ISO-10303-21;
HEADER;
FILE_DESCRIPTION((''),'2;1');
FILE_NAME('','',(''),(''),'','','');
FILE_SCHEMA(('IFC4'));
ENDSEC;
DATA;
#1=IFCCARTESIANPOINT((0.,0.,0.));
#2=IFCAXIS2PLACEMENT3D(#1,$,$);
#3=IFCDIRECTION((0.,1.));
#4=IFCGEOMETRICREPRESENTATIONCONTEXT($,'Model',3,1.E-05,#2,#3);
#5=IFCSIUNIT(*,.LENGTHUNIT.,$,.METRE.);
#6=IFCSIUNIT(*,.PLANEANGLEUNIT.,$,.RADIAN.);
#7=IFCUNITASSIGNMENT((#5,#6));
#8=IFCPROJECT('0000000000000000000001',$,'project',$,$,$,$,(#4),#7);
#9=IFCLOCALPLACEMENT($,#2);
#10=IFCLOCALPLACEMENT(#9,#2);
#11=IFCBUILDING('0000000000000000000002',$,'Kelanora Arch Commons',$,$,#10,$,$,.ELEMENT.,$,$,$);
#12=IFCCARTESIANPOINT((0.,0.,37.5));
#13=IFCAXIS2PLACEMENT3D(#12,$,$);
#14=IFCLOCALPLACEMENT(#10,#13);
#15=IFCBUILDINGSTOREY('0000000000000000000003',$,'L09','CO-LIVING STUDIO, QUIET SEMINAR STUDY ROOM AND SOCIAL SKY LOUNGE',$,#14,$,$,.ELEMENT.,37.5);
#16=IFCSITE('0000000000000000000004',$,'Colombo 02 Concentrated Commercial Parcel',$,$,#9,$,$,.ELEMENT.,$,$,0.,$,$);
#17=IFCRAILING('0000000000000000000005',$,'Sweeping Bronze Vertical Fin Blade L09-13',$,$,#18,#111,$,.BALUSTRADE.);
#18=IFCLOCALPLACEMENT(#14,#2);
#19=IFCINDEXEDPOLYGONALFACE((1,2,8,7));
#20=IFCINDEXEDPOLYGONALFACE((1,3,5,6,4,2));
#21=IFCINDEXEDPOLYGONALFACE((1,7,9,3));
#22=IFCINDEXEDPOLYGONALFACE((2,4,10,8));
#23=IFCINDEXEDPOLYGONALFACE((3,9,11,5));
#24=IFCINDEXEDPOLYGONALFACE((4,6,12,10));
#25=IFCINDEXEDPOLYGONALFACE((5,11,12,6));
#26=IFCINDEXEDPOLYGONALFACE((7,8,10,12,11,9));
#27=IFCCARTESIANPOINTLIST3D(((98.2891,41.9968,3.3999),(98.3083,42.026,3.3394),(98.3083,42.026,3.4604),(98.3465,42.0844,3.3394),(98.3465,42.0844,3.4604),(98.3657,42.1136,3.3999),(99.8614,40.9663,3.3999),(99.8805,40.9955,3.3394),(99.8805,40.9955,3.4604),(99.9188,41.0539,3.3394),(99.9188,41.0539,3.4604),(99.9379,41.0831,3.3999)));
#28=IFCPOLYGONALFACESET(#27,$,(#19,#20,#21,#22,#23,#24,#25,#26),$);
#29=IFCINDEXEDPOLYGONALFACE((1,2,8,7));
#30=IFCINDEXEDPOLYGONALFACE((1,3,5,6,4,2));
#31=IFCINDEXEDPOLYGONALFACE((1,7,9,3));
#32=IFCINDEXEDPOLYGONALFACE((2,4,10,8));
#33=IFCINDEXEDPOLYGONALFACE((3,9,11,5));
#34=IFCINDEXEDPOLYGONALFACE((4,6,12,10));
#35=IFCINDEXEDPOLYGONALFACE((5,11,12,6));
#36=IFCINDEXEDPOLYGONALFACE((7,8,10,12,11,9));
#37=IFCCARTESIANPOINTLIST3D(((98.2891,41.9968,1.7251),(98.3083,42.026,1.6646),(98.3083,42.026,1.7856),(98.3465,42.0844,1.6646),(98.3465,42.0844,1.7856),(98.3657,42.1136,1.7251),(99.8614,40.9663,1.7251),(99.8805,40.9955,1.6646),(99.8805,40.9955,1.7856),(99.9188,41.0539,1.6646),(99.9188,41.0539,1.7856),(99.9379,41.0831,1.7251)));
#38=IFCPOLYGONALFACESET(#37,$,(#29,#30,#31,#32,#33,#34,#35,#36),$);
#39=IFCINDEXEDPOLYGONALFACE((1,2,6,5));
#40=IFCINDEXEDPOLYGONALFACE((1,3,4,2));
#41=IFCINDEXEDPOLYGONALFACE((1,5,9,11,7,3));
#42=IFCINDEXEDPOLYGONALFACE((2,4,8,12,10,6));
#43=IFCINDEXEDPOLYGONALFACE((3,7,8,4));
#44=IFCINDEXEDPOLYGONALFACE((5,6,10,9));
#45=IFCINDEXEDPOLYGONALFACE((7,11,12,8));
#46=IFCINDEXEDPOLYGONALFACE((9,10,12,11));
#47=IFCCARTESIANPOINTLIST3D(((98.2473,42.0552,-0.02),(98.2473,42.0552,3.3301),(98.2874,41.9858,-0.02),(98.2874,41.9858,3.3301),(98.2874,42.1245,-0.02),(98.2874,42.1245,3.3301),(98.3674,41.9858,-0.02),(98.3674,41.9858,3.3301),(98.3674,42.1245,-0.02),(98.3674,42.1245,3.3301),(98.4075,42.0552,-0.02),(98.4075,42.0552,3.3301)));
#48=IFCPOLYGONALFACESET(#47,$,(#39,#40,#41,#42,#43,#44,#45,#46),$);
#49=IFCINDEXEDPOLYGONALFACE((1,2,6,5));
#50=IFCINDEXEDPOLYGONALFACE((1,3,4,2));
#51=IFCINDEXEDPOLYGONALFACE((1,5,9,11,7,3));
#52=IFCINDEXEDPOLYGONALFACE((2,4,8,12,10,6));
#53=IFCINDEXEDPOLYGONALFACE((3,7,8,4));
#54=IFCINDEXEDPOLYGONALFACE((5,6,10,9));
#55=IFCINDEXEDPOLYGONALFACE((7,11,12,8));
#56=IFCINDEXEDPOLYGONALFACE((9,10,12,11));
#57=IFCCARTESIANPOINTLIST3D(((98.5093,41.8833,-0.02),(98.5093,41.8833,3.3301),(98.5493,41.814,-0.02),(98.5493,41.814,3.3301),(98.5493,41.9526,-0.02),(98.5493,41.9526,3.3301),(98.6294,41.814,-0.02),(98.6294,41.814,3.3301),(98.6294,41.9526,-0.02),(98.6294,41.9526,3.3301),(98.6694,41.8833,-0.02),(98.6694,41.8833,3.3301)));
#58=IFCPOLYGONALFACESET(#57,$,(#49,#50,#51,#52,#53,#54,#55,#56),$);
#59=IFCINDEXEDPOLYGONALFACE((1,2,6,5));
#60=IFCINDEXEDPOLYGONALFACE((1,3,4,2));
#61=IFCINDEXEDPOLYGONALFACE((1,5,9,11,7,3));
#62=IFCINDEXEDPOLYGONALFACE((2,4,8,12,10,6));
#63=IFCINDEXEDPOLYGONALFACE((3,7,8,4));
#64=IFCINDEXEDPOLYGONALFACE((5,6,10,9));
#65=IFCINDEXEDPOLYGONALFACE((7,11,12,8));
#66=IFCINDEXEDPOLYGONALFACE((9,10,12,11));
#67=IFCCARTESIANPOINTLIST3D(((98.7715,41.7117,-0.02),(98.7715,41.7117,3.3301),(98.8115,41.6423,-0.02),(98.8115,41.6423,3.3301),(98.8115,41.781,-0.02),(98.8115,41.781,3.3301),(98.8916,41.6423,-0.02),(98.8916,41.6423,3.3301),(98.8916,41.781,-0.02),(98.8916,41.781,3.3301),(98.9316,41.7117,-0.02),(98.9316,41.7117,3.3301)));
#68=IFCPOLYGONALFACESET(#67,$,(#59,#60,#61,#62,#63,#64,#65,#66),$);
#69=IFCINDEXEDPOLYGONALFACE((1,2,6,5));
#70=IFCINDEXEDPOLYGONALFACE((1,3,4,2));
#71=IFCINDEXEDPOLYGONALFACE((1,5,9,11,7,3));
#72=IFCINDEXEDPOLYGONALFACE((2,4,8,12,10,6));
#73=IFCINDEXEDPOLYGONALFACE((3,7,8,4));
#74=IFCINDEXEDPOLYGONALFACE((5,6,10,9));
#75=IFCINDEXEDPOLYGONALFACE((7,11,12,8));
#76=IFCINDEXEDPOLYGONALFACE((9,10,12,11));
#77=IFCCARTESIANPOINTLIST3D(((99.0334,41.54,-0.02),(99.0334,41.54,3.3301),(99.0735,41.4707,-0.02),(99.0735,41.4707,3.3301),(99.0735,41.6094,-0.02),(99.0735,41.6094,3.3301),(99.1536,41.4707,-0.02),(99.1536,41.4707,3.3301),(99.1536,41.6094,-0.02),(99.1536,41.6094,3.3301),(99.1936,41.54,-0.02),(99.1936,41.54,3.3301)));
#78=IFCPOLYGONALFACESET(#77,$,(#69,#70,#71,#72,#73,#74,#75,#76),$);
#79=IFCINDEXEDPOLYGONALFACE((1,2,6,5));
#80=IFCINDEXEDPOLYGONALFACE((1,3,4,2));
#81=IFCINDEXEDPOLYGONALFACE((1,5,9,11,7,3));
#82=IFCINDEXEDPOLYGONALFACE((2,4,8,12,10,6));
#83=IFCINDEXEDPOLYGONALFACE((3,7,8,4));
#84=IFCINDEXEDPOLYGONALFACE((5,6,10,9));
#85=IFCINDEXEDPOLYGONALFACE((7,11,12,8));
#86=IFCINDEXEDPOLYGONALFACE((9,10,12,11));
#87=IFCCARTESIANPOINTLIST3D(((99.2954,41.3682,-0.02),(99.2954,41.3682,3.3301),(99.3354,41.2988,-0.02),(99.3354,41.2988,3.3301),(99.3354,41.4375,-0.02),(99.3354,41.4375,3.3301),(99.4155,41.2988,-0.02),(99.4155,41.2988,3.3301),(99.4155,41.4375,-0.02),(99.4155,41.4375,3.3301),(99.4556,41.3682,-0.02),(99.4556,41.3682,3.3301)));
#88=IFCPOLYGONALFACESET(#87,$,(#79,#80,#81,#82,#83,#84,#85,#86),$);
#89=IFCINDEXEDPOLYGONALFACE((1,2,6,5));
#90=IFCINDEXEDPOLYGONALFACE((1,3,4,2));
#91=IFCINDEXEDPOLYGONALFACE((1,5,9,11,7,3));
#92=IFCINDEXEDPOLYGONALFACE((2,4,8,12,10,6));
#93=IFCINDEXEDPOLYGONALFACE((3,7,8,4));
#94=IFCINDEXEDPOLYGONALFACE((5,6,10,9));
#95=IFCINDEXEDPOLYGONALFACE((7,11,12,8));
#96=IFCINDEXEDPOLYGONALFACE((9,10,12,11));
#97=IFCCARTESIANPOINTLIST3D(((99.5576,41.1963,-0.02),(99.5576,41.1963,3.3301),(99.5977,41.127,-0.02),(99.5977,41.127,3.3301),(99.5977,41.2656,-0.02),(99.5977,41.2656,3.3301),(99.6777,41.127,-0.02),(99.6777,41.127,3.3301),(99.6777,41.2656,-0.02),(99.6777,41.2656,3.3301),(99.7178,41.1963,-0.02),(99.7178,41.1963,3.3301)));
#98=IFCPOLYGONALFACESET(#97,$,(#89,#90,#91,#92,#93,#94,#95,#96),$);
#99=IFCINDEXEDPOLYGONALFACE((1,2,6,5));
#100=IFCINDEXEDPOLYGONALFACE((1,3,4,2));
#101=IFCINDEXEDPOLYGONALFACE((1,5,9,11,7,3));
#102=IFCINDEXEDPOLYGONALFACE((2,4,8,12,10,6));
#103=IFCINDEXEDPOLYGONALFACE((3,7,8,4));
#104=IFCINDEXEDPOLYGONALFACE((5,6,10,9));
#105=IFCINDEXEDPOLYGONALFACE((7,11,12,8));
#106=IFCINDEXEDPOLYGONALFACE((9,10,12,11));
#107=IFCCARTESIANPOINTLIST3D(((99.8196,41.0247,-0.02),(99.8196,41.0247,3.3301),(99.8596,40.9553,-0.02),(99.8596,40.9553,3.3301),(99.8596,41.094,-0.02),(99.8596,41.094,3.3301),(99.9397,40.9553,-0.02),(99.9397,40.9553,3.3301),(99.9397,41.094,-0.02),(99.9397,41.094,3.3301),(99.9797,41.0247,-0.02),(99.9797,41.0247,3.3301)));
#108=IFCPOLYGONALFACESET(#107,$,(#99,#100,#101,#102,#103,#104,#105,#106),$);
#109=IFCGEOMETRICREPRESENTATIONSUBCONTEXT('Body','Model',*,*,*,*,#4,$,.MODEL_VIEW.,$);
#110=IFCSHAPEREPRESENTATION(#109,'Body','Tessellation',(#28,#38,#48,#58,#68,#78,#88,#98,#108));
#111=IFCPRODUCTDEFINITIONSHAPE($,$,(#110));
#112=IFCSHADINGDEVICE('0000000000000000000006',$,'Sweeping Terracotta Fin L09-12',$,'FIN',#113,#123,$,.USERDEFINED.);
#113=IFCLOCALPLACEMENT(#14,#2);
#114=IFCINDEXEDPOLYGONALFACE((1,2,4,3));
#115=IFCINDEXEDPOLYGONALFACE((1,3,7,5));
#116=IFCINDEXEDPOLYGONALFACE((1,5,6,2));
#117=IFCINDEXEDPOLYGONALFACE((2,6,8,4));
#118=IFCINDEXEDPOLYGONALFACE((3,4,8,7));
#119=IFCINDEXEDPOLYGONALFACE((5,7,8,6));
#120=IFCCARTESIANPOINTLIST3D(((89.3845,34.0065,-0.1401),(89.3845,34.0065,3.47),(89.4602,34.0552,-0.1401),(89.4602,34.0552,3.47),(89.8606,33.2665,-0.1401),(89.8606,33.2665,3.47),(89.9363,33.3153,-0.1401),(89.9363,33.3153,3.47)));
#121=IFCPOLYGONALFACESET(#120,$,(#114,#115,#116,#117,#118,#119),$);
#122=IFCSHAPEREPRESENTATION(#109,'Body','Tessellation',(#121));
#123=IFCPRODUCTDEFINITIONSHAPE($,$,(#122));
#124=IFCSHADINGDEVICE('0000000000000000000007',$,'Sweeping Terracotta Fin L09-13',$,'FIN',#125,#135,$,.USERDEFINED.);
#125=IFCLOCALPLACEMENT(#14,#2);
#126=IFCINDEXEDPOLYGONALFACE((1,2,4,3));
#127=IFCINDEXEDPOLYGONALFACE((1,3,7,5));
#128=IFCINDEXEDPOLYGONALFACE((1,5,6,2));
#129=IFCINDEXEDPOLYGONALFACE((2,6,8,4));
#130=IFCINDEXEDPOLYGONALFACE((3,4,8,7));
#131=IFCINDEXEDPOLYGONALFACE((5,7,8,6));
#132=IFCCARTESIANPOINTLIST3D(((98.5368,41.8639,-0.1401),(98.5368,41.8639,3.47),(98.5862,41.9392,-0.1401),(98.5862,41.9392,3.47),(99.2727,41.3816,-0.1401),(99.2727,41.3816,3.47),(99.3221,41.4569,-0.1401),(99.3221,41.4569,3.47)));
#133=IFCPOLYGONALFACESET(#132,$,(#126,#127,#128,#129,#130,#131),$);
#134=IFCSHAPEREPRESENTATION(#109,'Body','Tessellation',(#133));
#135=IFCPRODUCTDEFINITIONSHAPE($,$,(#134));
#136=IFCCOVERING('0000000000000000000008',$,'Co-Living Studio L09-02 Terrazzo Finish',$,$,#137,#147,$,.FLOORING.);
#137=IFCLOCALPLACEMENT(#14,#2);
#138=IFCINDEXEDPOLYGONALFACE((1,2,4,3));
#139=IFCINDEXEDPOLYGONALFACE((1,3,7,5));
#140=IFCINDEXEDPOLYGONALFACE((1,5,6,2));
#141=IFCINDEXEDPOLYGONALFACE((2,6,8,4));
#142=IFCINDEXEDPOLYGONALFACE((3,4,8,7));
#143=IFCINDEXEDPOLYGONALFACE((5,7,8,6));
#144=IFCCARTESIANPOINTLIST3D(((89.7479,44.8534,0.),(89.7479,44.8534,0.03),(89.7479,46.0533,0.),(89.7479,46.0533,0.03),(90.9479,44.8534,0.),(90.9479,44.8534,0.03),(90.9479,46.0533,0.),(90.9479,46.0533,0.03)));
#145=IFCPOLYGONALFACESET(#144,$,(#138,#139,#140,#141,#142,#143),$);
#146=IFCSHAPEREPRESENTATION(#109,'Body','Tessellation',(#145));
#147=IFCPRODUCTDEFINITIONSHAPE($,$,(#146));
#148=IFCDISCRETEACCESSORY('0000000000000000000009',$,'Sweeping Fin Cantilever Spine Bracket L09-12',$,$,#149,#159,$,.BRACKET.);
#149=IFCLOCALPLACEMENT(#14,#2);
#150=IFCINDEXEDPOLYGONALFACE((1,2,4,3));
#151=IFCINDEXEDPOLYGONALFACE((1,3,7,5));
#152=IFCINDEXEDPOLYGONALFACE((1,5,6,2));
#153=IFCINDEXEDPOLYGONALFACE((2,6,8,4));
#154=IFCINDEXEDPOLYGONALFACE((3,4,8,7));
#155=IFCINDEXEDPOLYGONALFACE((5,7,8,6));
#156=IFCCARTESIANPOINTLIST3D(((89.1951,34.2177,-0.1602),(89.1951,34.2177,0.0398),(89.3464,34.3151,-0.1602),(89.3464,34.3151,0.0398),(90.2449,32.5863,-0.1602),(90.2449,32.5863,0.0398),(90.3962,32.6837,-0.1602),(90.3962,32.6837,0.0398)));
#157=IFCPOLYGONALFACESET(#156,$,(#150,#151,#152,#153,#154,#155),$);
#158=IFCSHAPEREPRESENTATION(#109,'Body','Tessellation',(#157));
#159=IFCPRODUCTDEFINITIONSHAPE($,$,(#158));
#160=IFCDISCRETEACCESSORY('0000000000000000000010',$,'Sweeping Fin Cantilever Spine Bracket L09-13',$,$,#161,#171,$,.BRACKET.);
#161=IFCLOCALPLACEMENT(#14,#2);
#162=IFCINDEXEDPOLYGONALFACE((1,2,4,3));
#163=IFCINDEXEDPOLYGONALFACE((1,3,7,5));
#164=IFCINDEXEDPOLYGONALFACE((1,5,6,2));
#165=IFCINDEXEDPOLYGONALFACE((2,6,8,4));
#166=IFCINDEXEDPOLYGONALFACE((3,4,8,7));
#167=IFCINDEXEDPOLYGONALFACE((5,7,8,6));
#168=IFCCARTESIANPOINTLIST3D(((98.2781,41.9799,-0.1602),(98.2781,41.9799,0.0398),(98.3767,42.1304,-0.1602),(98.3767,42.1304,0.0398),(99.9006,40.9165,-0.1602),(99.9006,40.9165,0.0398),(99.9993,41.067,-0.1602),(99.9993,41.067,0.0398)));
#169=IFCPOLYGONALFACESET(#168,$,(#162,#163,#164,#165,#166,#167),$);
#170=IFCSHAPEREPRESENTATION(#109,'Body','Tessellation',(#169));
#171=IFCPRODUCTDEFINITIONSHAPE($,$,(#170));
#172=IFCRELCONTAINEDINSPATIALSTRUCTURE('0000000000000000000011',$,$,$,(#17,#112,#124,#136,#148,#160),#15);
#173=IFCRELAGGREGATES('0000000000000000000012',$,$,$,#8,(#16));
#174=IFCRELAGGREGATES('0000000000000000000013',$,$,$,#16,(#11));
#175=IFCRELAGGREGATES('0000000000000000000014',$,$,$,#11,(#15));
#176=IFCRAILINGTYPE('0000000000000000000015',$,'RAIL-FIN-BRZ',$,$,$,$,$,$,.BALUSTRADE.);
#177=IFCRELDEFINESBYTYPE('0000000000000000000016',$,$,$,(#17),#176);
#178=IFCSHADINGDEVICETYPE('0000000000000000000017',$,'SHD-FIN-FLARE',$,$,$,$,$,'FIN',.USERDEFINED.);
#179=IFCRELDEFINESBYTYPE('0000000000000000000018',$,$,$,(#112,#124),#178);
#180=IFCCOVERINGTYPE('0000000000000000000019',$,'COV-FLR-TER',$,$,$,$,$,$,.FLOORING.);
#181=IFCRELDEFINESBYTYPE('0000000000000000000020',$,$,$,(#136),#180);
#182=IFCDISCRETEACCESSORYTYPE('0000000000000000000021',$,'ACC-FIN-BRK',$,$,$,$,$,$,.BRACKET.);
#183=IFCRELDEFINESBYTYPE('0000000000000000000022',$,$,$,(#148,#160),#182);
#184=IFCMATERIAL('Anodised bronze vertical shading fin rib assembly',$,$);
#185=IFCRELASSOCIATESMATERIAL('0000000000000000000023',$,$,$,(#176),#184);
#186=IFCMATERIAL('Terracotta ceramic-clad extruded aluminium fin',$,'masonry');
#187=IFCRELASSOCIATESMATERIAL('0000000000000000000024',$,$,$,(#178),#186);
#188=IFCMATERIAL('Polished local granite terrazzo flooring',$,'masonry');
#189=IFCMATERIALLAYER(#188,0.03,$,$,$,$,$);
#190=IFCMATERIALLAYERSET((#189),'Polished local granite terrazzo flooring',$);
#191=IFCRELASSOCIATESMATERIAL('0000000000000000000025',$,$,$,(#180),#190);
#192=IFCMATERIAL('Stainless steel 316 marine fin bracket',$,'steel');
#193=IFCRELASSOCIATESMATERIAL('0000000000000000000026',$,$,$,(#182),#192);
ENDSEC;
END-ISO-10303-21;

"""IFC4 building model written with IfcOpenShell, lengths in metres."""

from ifc_helpers import new_model, si_unit, direction, frame, origin, origin_2d, place, context, subcontext, project, spatial, polyline, rectangle, outline, extrude, source, transform, mapped, material, layer, layer_set, type_object, element, save


model = new_model("IFC4")

# Units and contexts
model_context = context("Model", 3, precision=1e-05, world=origin(), true_north=direction((0.0, 1.0)))
body_context = subcontext(model_context, "Body", "Model", "MODEL_VIEW")
ifc_project = project(units=[si_unit("LENGTHUNIT", "METRE"), si_unit("PLANEANGLEUNIT", "RADIAN")], contexts=[model_context])

# Site, building, storey
site_placement = place(None, origin())
site = spatial("IfcSite", under=ifc_project, at=site_placement, Name="Colombo 02 Concentrated Commercial Parcel", CompositionType="ELEMENT", RefElevation=0.0)
building_placement = place(site_placement, origin())
building = spatial("IfcBuilding", under=site, at=building_placement, Name="Kelanora Arch Commons", CompositionType="ELEMENT")
storey_placement = place(building_placement, frame((0.0, 0.0, 37.5)))
storey = spatial("IfcBuildingStorey", under=building, at=storey_placement, Name="L09", Description="CO-LIVING STUDIO, QUIET SEMINAR STUDY ROOM AND SOCIAL SKY LOUNGE", CompositionType="ELEMENT", Elevation=37.5)

# Railing
ifc_material_1 = material(Name="Anodised bronze vertical shading fin rib assembly")
railing_type = type_object("IfcRailingType", Name="RAIL-FIN-BRZ", PredefinedType="BALUSTRADE", material=ifc_material_1)
railing_1_placement = place(storey_placement, frame((98.3274, 42.0552, -0.02)))
element("IfcRailing", 1, at=railing_1_placement, inside=storey, type_object=railing_type, Name="Sweeping Bronze Vertical Fin Blade L09-13", PredefinedType="BALUSTRADE", context=body_context, shape_type="SweptSolid", body=[
    extrude(outline(polyline([(0.0698, 0.0), (0.0349, 0.0605), (-0.0349, 0.0605), (-0.0698, 0.0), (-0.0349, -0.0605), (0.0349, -0.0605), (0.0698, 0.0)])), frame((0.0, 0.0, 3.4199), z_axis=(0.836361, -0.54818, 0.0), x_axis=(0.54818, 0.836361, 0.0)), (0.0, 0.0, 1.0), 1.8799),
    extrude(outline(polyline([(0.0698, 0.0), (0.0349, 0.0605), (-0.0349, 0.0605), (-0.0698, 0.0), (-0.0349, -0.0605), (0.0349, -0.0605), (0.0698, 0.0)])), frame((0.0, 0.0, 1.7451), z_axis=(0.836361, -0.54818, 0.0), x_axis=(0.54818, 0.836361, 0.0)), (0.0, 0.0, 1.0), 1.8799),
    extrude(outline(polyline([(0.0801, 0.0), (0.04, 0.0693), (-0.04, 0.0693), (-0.0801, 0.0), (-0.04, -0.0693), (0.04, -0.0693), (0.0801, 0.0)])), origin(), (0.0, 0.0, 1.0), 3.3501),
    extrude(outline(polyline([(0.0801, 0.0), (0.04, 0.0693), (-0.04, 0.0693), (-0.0801, 0.0), (-0.04, -0.0693), (0.04, -0.0693), (0.0801, 0.0)])), frame((0.262, -0.1719, 0.0)), (0.0, 0.0, 1.0), 3.3501),
    extrude(outline(polyline([(0.0801, 0.0), (0.04, 0.0693), (-0.04, 0.0693), (-0.0801, 0.0), (-0.04, -0.0693), (0.04, -0.0693), (0.0801, 0.0)])), frame((0.5242, -0.3435, 0.0)), (0.0, 0.0, 1.0), 3.3501),
    extrude(outline(polyline([(0.0801, 0.0), (0.04, 0.0693), (-0.04, 0.0693), (-0.0801, 0.0), (-0.04, -0.0693), (0.04, -0.0693), (0.0801, 0.0)])), frame((0.7861, -0.5151, 0.0)), (0.0, 0.0, 1.0), 3.3501),
    extrude(outline(polyline([(0.0801, 0.0), (0.04, 0.0693), (-0.04, 0.0693), (-0.0801, 0.0), (-0.04, -0.0693), (0.04, -0.0693), (0.0801, 0.0)])), frame((1.0481, -0.687, 0.0)), (0.0, 0.0, 1.0), 3.3501),
    extrude(outline(polyline([(0.0801, 0.0), (0.04, 0.0693), (-0.04, 0.0693), (-0.0801, 0.0), (-0.04, -0.0693), (0.04, -0.0693), (0.0801, 0.0)])), frame((1.3103, -0.8589, 0.0)), (0.0, 0.0, 1.0), 3.3501),
    extrude(outline(polyline([(0.0801, 0.0), (0.04, 0.0693), (-0.04, 0.0693), (-0.0801, 0.0), (-0.04, -0.0693), (0.04, -0.0693), (0.0801, 0.0)])), frame((1.5723, -1.0305, 0.0)), (0.0, 0.0, 1.0), 3.3501),
])

# Shading devices
ifc_material_2 = material(Name="Terracotta ceramic-clad extruded aluminium fin", Category="masonry")
shading_device_type = type_object("IfcShadingDeviceType", Name="SHD-FIN-FLARE", ElementType="FIN", PredefinedType="USERDEFINED", material=ifc_material_2)
shared_shape_1 = source(origin(), body_context, "Body", "SweptSolid", [
    extrude(rectangle(XDim=0.8799, YDim=0.0901, at=origin_2d()), origin(), (0.0, 0.0, 1.0), 3.6101),
])
for number, where, z_axis, x_axis, name in (
    (2, (89.6604, 33.6609, -0.1401), (0.0, 0.0, 1.0), (0.541121, -0.840945, 0.0), "Sweeping Terracotta Fin L09-12"),
    (3, (98.9294, 41.6604, -0.1401), (0.0, 0.0, 1.0), (0.836382, -0.548147, 0.0), "Sweeping Terracotta Fin L09-13"),
):
    element("IfcShadingDevice", number, at=place(storey_placement, frame(where, z_axis=z_axis, x_axis=x_axis)), inside=storey, type_object=shading_device_type, Name=name, ObjectType="FIN", PredefinedType="USERDEFINED", context=body_context, shape_type="MappedRepresentation", body=[
        mapped(shared_shape_1, transform((0.0, 0.0, 0.0), scale=1.0)),
    ])

# Covering
ifc_material_3 = material(Name="Polished local granite terrazzo flooring", Category="masonry")
ifc_layer_1 = layer(ifc_material_3, 0.03)
ifc_layer_set_1 = layer_set([ifc_layer_1], Name="Polished local granite terrazzo flooring")
covering_type = type_object("IfcCoveringType", Name="COV-FLR-TER", PredefinedType="FLOORING", material=ifc_layer_set_1)
shared_shape_2 = source(origin(), body_context, "Body", "SweptSolid", [
    extrude(rectangle(XDim=1.2, YDim=1.2, at=origin_2d()), origin(), (0.0, 0.0, 1.0), 0.03),
])
covering_placement = place(storey_placement, frame((90.3479, 45.4534, 0.0), z_axis=(0.0, 0.0, 1.0), x_axis=(1.0, 0.0, 0.0)))
element("IfcCovering", 4, at=covering_placement, inside=storey, type_object=covering_type, Name="Co-Living Studio L09-02 Terrazzo Finish", PredefinedType="FLOORING", context=body_context, shape_type="MappedRepresentation", body=[
    mapped(shared_shape_2, transform((0.0, 0.0, 0.0), scale=1.0)),
])

# Discrete accessories
ifc_material_4 = material(Name="Stainless steel 316 marine fin bracket", Category="steel")
discrete_accessory_type = type_object("IfcDiscreteAccessoryType", Name="ACC-FIN-BRK", PredefinedType="BRACKET", material=ifc_material_4)
shared_shape_3 = source(origin(), body_context, "Body", "SweptSolid", [
    extrude(rectangle(XDim=1.9399, YDim=0.1799, at=origin_2d()), origin(), (0.0, 0.0, 1.0), 0.2),
])
for number, where, z_axis, x_axis, name in (
    (5, (89.7957, 33.4507, -0.1602), (0.0, 0.0, 1.0), (0.541121, -0.840945, 0.0), "Sweeping Fin Cantilever Spine Bracket L09-12"),
    (6, (99.1387, 41.5234, -0.1602), (0.0, 0.0, 1.0), (0.836382, -0.548147, 0.0), "Sweeping Fin Cantilever Spine Bracket L09-13"),
):
    element("IfcDiscreteAccessory", number, at=place(storey_placement, frame(where, z_axis=z_axis, x_axis=x_axis)), inside=storey, type_object=discrete_accessory_type, Name=name, PredefinedType="BRACKET", context=body_context, shape_type="MappedRepresentation", body=[
        mapped(shared_shape_3, transform((0.0, 0.0, 0.0), scale=1.0)),
    ])

save(model, "model.ifc")
